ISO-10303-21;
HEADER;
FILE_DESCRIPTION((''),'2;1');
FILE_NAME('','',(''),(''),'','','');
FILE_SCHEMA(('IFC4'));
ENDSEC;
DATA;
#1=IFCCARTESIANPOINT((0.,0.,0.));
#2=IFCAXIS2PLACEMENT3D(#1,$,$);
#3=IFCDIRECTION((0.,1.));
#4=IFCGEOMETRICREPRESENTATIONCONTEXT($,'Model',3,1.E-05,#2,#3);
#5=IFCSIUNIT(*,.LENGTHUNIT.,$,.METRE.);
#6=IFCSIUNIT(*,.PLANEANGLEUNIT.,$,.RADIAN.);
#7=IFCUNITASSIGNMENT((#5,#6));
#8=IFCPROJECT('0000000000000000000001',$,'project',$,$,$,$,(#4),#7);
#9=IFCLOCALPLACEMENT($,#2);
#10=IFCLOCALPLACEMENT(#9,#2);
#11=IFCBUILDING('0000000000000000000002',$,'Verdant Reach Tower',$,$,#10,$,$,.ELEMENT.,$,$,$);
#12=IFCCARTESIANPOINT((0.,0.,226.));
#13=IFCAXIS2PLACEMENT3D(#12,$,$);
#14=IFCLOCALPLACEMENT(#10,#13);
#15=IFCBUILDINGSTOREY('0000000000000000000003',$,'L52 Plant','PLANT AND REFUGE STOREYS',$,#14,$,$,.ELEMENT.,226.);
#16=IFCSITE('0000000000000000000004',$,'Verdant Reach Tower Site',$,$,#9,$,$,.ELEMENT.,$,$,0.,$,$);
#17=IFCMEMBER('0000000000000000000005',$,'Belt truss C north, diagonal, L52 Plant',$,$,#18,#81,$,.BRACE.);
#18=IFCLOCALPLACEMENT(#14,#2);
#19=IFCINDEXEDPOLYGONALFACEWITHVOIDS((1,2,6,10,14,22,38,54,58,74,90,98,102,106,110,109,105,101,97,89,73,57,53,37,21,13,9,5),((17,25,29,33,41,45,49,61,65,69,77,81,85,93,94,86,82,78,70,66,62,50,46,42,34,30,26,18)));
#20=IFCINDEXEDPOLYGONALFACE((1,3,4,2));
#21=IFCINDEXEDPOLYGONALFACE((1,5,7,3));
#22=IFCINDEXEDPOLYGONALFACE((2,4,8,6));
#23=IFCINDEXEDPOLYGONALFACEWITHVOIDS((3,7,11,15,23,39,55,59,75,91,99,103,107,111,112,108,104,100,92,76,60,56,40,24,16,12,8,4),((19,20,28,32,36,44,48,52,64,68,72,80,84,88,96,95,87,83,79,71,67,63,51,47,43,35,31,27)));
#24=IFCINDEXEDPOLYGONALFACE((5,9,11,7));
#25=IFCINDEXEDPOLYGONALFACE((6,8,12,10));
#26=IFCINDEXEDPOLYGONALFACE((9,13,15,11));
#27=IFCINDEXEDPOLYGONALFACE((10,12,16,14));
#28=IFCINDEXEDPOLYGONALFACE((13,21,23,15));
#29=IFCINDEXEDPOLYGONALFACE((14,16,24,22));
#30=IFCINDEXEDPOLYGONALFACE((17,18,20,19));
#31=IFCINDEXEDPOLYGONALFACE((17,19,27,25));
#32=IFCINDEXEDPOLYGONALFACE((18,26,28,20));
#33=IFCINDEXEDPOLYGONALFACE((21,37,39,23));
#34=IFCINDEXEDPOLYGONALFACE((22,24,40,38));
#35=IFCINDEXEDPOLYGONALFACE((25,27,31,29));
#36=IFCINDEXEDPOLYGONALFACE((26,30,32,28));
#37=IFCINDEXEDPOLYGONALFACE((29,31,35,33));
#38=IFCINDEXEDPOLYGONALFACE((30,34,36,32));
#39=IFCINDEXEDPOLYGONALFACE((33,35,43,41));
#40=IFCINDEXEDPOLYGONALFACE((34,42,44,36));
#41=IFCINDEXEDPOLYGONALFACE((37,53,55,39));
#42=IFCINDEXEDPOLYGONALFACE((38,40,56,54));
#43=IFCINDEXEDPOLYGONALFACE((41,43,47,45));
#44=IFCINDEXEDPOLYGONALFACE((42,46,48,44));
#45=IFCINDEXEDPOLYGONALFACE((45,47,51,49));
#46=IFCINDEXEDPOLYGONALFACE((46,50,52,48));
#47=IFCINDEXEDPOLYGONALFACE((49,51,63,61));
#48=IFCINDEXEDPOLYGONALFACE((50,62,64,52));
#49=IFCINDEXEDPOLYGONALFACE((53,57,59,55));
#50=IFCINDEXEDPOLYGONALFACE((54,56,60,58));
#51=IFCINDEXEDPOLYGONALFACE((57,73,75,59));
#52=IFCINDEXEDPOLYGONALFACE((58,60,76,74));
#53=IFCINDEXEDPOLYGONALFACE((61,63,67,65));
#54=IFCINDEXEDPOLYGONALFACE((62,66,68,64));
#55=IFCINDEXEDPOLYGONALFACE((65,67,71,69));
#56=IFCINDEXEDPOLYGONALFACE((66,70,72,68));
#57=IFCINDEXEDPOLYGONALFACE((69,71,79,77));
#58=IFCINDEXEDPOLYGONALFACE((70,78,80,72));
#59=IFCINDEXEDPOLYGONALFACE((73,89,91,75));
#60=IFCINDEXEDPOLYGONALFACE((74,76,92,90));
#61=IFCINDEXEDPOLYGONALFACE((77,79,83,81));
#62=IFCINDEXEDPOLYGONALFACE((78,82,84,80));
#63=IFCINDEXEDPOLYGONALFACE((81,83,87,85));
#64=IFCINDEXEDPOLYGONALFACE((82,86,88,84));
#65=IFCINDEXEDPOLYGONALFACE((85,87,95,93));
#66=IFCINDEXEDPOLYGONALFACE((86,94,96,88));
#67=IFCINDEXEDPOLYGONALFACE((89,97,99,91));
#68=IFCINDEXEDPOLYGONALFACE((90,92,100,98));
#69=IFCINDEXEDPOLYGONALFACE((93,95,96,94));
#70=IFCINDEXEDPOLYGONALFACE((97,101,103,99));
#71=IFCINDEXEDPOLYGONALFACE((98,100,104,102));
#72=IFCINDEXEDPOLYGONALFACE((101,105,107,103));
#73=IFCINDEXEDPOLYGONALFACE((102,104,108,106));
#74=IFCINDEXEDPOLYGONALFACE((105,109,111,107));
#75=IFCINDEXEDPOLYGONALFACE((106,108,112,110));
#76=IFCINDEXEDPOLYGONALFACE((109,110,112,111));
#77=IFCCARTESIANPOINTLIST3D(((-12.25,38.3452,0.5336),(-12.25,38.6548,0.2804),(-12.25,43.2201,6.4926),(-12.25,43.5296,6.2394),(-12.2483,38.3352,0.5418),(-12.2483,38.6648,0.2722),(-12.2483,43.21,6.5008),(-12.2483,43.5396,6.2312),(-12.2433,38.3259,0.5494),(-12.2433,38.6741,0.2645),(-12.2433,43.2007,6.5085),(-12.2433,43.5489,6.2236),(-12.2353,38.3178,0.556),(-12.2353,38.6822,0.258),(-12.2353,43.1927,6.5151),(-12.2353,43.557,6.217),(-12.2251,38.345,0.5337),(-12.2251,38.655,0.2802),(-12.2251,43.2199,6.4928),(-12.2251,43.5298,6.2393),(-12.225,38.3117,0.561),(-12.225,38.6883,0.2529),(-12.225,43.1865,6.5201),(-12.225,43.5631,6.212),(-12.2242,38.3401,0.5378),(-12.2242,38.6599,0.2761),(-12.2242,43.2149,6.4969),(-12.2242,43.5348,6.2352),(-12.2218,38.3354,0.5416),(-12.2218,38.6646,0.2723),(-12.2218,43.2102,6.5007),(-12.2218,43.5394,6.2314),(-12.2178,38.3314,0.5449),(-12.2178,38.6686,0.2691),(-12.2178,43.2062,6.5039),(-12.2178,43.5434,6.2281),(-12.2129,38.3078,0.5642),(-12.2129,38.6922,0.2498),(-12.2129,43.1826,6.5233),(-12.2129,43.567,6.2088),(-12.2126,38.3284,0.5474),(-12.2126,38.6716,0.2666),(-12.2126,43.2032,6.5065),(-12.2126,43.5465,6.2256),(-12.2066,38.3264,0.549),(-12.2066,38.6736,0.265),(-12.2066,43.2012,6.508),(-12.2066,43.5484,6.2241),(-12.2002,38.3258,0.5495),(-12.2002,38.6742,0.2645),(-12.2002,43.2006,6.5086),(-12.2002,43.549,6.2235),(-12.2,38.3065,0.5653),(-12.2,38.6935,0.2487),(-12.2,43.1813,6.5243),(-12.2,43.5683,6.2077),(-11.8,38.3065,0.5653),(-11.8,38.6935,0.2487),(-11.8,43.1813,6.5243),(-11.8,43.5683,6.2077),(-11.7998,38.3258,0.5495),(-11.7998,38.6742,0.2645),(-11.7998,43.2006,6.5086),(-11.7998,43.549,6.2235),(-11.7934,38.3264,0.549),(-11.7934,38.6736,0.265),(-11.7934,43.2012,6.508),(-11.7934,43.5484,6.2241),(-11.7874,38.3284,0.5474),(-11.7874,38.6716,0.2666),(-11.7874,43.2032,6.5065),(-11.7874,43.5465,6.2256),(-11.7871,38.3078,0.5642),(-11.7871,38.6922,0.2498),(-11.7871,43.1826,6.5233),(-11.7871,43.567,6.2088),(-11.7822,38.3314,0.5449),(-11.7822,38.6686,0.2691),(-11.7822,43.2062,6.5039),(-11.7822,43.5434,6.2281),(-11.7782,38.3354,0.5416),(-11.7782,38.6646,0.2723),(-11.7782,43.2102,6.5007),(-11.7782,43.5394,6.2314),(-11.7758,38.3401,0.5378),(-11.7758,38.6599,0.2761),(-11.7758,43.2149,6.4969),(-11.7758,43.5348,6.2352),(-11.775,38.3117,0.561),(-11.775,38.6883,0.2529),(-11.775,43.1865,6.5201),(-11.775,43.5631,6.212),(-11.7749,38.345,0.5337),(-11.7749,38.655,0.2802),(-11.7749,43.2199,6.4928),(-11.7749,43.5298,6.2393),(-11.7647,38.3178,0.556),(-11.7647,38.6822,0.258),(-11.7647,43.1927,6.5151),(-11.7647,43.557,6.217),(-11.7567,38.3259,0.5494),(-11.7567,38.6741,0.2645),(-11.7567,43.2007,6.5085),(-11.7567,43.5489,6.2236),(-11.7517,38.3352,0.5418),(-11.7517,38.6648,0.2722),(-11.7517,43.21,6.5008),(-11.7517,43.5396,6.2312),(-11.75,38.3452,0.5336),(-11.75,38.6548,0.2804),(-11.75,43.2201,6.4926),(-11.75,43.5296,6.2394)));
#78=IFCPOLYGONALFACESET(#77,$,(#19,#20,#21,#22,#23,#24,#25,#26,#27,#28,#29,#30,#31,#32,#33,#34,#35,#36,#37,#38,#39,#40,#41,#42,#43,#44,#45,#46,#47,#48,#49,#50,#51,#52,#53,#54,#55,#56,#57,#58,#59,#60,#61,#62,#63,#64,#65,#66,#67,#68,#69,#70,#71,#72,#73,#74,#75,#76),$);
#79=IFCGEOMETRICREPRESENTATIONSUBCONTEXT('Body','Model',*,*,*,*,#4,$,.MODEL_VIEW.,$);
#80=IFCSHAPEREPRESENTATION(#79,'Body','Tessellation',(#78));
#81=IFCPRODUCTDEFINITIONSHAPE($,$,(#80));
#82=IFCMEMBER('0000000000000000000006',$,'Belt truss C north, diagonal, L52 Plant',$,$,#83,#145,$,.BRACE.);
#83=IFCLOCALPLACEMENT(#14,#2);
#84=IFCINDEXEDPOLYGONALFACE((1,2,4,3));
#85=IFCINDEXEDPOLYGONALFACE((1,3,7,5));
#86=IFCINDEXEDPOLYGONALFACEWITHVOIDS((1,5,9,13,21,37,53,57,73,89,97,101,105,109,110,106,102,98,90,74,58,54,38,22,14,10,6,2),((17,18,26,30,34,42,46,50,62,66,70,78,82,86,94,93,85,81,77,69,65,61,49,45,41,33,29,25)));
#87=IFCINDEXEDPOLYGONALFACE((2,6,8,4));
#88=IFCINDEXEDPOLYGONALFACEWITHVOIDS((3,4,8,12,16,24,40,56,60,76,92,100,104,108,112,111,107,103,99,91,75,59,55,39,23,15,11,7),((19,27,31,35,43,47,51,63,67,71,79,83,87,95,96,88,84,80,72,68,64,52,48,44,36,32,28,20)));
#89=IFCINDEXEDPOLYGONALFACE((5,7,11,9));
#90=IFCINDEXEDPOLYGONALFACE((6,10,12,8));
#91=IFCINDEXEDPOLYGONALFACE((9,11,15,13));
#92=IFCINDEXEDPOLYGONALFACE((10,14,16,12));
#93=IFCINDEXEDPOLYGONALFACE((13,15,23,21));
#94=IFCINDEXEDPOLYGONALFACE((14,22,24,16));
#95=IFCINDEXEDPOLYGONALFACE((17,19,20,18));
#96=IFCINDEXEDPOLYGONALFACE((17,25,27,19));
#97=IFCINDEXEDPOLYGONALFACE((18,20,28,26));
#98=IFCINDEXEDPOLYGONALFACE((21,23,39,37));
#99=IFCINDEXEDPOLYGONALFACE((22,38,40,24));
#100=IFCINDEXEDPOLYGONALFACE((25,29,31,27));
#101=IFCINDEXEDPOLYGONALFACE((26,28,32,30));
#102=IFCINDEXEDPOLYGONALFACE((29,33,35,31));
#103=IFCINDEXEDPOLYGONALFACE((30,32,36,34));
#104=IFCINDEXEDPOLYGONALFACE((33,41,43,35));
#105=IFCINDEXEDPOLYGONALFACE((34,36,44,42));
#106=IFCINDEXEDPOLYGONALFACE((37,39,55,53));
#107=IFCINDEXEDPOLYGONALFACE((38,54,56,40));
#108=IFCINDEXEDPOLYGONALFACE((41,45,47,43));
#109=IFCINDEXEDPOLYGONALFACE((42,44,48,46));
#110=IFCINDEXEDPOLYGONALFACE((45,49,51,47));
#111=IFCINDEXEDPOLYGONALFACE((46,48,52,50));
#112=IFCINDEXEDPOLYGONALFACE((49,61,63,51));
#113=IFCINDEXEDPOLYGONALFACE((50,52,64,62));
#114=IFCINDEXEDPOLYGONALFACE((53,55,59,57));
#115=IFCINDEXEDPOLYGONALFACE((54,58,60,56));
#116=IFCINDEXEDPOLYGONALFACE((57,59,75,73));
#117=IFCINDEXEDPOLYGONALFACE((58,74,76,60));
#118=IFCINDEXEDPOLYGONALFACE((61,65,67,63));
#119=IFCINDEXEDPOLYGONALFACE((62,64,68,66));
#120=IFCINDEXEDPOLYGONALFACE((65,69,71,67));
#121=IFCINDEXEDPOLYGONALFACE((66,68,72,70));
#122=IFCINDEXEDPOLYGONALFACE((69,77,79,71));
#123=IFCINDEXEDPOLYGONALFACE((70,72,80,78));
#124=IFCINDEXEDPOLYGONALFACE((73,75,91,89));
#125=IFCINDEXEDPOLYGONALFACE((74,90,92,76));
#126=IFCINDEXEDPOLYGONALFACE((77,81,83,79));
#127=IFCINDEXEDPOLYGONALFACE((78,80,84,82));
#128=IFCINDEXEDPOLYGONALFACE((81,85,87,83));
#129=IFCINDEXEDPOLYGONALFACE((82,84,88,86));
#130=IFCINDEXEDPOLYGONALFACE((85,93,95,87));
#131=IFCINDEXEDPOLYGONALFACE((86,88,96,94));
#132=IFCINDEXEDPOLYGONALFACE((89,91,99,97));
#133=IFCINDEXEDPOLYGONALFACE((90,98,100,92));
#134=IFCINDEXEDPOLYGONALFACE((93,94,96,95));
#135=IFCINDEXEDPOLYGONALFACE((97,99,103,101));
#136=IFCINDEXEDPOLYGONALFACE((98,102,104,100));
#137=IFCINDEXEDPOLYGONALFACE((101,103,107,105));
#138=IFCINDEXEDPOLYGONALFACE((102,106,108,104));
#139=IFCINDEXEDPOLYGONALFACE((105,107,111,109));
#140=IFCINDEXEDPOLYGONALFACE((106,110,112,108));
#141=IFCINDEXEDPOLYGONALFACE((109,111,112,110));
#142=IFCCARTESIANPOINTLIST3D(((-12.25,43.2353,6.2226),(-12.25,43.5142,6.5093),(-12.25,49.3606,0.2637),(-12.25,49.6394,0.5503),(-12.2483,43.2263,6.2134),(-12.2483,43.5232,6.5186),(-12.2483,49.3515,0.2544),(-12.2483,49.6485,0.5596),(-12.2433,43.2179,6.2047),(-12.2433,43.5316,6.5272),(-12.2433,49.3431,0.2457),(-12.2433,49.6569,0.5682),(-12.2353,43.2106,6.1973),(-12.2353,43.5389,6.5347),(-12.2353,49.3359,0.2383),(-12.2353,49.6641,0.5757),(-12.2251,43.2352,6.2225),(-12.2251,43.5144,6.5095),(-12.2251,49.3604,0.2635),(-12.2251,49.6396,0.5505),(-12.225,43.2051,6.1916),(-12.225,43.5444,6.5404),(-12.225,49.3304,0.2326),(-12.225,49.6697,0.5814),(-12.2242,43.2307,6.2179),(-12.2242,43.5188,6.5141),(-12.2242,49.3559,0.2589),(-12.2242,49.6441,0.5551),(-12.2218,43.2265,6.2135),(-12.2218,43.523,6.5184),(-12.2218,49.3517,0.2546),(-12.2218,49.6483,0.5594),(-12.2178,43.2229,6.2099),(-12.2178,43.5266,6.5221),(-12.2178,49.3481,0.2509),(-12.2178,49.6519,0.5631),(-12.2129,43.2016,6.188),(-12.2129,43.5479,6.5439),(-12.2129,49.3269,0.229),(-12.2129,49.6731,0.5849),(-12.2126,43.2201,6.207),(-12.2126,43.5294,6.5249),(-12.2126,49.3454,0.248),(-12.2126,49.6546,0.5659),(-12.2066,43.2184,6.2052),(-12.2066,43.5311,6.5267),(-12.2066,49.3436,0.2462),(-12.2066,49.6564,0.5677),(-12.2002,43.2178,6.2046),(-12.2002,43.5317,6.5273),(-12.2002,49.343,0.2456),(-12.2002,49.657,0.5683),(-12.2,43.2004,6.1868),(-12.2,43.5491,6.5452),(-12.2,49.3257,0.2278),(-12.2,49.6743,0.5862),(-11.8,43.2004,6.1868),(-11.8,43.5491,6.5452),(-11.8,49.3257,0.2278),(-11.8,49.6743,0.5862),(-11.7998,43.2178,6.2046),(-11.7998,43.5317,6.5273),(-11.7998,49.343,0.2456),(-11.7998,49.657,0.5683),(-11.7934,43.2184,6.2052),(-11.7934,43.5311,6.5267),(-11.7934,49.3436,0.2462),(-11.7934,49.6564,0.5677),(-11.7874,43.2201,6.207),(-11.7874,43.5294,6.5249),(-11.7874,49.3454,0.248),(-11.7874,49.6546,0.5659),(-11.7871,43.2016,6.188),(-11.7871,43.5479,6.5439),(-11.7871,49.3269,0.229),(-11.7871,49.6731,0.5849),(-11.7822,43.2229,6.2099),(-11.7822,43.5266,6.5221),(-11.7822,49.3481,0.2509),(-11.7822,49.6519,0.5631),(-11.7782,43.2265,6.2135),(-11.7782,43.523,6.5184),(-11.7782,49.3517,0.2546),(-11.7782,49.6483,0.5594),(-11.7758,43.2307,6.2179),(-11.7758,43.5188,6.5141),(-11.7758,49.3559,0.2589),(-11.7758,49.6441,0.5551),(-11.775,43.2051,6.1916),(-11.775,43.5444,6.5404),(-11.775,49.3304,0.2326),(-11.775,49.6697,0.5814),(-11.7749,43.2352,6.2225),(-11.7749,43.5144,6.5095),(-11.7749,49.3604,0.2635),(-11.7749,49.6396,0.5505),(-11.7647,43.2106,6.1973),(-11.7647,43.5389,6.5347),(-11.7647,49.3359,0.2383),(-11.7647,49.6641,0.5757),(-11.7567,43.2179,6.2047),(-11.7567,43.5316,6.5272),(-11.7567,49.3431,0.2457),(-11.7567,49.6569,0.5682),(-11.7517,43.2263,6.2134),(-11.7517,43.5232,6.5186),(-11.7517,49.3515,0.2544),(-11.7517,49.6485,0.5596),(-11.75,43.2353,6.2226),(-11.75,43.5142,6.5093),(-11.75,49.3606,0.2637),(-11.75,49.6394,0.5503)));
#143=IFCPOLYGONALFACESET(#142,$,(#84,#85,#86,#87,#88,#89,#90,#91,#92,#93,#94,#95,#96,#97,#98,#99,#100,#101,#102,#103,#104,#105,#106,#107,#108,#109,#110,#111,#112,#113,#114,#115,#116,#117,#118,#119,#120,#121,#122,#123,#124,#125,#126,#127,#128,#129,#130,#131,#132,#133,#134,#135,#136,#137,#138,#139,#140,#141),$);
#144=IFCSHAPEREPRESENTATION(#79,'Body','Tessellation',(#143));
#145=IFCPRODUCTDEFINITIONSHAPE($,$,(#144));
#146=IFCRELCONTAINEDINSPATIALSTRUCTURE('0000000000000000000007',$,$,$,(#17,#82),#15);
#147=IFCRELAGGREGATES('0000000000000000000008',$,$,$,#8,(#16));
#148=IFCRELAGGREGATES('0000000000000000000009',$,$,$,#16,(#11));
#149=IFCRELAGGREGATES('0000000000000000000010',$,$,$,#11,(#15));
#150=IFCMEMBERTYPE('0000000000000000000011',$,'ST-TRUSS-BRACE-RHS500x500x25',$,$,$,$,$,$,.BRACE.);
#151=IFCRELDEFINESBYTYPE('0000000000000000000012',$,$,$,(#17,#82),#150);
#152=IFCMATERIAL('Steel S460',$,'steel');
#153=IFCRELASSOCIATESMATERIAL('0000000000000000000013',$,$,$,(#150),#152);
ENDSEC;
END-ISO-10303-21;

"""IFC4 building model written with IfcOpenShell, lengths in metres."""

from ifc_helpers import new_model, si_unit, direction, frame, origin, origin_2d, place, context, subcontext, project, spatial, hollow_rectangle, extrude, material, material_profile, profile_set, type_object, element, save


model = new_model("IFC4")

# Units and contexts
model_context = context("Model", 3, precision=1e-05, world=origin(), true_north=direction((0.0, 1.0)))
body_context = subcontext(model_context, "Body", "Model", "MODEL_VIEW")
ifc_project = project(units=[si_unit("LENGTHUNIT", "METRE"), si_unit("PLANEANGLEUNIT", "RADIAN")], contexts=[model_context])

# Site, building, storey
site_placement = place(None, origin())
site = spatial("IfcSite", under=ifc_project, at=site_placement, Name="Verdant Reach Tower Site", CompositionType="ELEMENT", RefElevation=0.0)
building_placement = place(site_placement, origin())
building = spatial("IfcBuilding", under=site, at=building_placement, Name="Verdant Reach Tower", CompositionType="ELEMENT")
storey_placement = place(building_placement, frame((0.0, 0.0, 226.0)))
storey = spatial("IfcBuildingStorey", under=building, at=storey_placement, Name="L52 Plant", Description="PLANT AND REFUGE STOREYS", CompositionType="ELEMENT", Elevation=226.0)

# Shared definitions
ifc_material_1 = material(Name="Steel S460", Category="steel")

# Members
ifc_material_profile_1 = material_profile(ifc_material_1, hollow_rectangle(XDim=0.5, YDim=0.5, WallThickness=0.0249, InnerFilletRadius=0.0249, OuterFilletRadius=0.05, at=origin_2d()), Name="RHS 500x500x25")
ifc_profile_set_1 = profile_set([ifc_material_profile_1], Name="Steel S460")
member_type_1 = type_object("IfcMemberType", Name="ST-TRUSS-BRACE-RHS500x500x25", PredefinedType="BRACE", material=ifc_profile_set_1)
member_1_placement = place(storey_placement, frame((-12.0, 38.5, 0.407), z_axis=(0.0, 0.633177, 0.774007), x_axis=(-1.0, 0.0, 0.0)))
element("IfcMember", 1, at=member_1_placement, inside=storey, type_object=member_type_1, Name="Belt truss C north, diagonal, L52 Plant", PredefinedType="BRACE", context=body_context, shape_type="SweptSolid", body=[
    extrude(hollow_rectangle(XDim=0.5, YDim=0.5, WallThickness=0.0249, InnerFilletRadius=0.0249, OuterFilletRadius=0.05, at=origin_2d()), origin(), (0.0, 0.0, 1.0), 7.699),
])
member_2_placement = place(storey_placement, frame((-12.0, 43.3748, 6.366), z_axis=(0.0, 0.716768, -0.697312), x_axis=(-1.0, 0.0, 0.0)))
element("IfcMember", 2, at=member_2_placement, inside=storey, type_object=member_type_1, Name="Belt truss C north, diagonal, L52 Plant", PredefinedType="BRACE", context=body_context, shape_type="SweptSolid", body=[
    extrude(hollow_rectangle(XDim=0.5, YDim=0.5, WallThickness=0.0249, InnerFilletRadius=0.0249, OuterFilletRadius=0.05, at=origin_2d()), origin(), (0.0, 0.0, 1.0), 8.5457),
])

save(model, "model.ifc")
